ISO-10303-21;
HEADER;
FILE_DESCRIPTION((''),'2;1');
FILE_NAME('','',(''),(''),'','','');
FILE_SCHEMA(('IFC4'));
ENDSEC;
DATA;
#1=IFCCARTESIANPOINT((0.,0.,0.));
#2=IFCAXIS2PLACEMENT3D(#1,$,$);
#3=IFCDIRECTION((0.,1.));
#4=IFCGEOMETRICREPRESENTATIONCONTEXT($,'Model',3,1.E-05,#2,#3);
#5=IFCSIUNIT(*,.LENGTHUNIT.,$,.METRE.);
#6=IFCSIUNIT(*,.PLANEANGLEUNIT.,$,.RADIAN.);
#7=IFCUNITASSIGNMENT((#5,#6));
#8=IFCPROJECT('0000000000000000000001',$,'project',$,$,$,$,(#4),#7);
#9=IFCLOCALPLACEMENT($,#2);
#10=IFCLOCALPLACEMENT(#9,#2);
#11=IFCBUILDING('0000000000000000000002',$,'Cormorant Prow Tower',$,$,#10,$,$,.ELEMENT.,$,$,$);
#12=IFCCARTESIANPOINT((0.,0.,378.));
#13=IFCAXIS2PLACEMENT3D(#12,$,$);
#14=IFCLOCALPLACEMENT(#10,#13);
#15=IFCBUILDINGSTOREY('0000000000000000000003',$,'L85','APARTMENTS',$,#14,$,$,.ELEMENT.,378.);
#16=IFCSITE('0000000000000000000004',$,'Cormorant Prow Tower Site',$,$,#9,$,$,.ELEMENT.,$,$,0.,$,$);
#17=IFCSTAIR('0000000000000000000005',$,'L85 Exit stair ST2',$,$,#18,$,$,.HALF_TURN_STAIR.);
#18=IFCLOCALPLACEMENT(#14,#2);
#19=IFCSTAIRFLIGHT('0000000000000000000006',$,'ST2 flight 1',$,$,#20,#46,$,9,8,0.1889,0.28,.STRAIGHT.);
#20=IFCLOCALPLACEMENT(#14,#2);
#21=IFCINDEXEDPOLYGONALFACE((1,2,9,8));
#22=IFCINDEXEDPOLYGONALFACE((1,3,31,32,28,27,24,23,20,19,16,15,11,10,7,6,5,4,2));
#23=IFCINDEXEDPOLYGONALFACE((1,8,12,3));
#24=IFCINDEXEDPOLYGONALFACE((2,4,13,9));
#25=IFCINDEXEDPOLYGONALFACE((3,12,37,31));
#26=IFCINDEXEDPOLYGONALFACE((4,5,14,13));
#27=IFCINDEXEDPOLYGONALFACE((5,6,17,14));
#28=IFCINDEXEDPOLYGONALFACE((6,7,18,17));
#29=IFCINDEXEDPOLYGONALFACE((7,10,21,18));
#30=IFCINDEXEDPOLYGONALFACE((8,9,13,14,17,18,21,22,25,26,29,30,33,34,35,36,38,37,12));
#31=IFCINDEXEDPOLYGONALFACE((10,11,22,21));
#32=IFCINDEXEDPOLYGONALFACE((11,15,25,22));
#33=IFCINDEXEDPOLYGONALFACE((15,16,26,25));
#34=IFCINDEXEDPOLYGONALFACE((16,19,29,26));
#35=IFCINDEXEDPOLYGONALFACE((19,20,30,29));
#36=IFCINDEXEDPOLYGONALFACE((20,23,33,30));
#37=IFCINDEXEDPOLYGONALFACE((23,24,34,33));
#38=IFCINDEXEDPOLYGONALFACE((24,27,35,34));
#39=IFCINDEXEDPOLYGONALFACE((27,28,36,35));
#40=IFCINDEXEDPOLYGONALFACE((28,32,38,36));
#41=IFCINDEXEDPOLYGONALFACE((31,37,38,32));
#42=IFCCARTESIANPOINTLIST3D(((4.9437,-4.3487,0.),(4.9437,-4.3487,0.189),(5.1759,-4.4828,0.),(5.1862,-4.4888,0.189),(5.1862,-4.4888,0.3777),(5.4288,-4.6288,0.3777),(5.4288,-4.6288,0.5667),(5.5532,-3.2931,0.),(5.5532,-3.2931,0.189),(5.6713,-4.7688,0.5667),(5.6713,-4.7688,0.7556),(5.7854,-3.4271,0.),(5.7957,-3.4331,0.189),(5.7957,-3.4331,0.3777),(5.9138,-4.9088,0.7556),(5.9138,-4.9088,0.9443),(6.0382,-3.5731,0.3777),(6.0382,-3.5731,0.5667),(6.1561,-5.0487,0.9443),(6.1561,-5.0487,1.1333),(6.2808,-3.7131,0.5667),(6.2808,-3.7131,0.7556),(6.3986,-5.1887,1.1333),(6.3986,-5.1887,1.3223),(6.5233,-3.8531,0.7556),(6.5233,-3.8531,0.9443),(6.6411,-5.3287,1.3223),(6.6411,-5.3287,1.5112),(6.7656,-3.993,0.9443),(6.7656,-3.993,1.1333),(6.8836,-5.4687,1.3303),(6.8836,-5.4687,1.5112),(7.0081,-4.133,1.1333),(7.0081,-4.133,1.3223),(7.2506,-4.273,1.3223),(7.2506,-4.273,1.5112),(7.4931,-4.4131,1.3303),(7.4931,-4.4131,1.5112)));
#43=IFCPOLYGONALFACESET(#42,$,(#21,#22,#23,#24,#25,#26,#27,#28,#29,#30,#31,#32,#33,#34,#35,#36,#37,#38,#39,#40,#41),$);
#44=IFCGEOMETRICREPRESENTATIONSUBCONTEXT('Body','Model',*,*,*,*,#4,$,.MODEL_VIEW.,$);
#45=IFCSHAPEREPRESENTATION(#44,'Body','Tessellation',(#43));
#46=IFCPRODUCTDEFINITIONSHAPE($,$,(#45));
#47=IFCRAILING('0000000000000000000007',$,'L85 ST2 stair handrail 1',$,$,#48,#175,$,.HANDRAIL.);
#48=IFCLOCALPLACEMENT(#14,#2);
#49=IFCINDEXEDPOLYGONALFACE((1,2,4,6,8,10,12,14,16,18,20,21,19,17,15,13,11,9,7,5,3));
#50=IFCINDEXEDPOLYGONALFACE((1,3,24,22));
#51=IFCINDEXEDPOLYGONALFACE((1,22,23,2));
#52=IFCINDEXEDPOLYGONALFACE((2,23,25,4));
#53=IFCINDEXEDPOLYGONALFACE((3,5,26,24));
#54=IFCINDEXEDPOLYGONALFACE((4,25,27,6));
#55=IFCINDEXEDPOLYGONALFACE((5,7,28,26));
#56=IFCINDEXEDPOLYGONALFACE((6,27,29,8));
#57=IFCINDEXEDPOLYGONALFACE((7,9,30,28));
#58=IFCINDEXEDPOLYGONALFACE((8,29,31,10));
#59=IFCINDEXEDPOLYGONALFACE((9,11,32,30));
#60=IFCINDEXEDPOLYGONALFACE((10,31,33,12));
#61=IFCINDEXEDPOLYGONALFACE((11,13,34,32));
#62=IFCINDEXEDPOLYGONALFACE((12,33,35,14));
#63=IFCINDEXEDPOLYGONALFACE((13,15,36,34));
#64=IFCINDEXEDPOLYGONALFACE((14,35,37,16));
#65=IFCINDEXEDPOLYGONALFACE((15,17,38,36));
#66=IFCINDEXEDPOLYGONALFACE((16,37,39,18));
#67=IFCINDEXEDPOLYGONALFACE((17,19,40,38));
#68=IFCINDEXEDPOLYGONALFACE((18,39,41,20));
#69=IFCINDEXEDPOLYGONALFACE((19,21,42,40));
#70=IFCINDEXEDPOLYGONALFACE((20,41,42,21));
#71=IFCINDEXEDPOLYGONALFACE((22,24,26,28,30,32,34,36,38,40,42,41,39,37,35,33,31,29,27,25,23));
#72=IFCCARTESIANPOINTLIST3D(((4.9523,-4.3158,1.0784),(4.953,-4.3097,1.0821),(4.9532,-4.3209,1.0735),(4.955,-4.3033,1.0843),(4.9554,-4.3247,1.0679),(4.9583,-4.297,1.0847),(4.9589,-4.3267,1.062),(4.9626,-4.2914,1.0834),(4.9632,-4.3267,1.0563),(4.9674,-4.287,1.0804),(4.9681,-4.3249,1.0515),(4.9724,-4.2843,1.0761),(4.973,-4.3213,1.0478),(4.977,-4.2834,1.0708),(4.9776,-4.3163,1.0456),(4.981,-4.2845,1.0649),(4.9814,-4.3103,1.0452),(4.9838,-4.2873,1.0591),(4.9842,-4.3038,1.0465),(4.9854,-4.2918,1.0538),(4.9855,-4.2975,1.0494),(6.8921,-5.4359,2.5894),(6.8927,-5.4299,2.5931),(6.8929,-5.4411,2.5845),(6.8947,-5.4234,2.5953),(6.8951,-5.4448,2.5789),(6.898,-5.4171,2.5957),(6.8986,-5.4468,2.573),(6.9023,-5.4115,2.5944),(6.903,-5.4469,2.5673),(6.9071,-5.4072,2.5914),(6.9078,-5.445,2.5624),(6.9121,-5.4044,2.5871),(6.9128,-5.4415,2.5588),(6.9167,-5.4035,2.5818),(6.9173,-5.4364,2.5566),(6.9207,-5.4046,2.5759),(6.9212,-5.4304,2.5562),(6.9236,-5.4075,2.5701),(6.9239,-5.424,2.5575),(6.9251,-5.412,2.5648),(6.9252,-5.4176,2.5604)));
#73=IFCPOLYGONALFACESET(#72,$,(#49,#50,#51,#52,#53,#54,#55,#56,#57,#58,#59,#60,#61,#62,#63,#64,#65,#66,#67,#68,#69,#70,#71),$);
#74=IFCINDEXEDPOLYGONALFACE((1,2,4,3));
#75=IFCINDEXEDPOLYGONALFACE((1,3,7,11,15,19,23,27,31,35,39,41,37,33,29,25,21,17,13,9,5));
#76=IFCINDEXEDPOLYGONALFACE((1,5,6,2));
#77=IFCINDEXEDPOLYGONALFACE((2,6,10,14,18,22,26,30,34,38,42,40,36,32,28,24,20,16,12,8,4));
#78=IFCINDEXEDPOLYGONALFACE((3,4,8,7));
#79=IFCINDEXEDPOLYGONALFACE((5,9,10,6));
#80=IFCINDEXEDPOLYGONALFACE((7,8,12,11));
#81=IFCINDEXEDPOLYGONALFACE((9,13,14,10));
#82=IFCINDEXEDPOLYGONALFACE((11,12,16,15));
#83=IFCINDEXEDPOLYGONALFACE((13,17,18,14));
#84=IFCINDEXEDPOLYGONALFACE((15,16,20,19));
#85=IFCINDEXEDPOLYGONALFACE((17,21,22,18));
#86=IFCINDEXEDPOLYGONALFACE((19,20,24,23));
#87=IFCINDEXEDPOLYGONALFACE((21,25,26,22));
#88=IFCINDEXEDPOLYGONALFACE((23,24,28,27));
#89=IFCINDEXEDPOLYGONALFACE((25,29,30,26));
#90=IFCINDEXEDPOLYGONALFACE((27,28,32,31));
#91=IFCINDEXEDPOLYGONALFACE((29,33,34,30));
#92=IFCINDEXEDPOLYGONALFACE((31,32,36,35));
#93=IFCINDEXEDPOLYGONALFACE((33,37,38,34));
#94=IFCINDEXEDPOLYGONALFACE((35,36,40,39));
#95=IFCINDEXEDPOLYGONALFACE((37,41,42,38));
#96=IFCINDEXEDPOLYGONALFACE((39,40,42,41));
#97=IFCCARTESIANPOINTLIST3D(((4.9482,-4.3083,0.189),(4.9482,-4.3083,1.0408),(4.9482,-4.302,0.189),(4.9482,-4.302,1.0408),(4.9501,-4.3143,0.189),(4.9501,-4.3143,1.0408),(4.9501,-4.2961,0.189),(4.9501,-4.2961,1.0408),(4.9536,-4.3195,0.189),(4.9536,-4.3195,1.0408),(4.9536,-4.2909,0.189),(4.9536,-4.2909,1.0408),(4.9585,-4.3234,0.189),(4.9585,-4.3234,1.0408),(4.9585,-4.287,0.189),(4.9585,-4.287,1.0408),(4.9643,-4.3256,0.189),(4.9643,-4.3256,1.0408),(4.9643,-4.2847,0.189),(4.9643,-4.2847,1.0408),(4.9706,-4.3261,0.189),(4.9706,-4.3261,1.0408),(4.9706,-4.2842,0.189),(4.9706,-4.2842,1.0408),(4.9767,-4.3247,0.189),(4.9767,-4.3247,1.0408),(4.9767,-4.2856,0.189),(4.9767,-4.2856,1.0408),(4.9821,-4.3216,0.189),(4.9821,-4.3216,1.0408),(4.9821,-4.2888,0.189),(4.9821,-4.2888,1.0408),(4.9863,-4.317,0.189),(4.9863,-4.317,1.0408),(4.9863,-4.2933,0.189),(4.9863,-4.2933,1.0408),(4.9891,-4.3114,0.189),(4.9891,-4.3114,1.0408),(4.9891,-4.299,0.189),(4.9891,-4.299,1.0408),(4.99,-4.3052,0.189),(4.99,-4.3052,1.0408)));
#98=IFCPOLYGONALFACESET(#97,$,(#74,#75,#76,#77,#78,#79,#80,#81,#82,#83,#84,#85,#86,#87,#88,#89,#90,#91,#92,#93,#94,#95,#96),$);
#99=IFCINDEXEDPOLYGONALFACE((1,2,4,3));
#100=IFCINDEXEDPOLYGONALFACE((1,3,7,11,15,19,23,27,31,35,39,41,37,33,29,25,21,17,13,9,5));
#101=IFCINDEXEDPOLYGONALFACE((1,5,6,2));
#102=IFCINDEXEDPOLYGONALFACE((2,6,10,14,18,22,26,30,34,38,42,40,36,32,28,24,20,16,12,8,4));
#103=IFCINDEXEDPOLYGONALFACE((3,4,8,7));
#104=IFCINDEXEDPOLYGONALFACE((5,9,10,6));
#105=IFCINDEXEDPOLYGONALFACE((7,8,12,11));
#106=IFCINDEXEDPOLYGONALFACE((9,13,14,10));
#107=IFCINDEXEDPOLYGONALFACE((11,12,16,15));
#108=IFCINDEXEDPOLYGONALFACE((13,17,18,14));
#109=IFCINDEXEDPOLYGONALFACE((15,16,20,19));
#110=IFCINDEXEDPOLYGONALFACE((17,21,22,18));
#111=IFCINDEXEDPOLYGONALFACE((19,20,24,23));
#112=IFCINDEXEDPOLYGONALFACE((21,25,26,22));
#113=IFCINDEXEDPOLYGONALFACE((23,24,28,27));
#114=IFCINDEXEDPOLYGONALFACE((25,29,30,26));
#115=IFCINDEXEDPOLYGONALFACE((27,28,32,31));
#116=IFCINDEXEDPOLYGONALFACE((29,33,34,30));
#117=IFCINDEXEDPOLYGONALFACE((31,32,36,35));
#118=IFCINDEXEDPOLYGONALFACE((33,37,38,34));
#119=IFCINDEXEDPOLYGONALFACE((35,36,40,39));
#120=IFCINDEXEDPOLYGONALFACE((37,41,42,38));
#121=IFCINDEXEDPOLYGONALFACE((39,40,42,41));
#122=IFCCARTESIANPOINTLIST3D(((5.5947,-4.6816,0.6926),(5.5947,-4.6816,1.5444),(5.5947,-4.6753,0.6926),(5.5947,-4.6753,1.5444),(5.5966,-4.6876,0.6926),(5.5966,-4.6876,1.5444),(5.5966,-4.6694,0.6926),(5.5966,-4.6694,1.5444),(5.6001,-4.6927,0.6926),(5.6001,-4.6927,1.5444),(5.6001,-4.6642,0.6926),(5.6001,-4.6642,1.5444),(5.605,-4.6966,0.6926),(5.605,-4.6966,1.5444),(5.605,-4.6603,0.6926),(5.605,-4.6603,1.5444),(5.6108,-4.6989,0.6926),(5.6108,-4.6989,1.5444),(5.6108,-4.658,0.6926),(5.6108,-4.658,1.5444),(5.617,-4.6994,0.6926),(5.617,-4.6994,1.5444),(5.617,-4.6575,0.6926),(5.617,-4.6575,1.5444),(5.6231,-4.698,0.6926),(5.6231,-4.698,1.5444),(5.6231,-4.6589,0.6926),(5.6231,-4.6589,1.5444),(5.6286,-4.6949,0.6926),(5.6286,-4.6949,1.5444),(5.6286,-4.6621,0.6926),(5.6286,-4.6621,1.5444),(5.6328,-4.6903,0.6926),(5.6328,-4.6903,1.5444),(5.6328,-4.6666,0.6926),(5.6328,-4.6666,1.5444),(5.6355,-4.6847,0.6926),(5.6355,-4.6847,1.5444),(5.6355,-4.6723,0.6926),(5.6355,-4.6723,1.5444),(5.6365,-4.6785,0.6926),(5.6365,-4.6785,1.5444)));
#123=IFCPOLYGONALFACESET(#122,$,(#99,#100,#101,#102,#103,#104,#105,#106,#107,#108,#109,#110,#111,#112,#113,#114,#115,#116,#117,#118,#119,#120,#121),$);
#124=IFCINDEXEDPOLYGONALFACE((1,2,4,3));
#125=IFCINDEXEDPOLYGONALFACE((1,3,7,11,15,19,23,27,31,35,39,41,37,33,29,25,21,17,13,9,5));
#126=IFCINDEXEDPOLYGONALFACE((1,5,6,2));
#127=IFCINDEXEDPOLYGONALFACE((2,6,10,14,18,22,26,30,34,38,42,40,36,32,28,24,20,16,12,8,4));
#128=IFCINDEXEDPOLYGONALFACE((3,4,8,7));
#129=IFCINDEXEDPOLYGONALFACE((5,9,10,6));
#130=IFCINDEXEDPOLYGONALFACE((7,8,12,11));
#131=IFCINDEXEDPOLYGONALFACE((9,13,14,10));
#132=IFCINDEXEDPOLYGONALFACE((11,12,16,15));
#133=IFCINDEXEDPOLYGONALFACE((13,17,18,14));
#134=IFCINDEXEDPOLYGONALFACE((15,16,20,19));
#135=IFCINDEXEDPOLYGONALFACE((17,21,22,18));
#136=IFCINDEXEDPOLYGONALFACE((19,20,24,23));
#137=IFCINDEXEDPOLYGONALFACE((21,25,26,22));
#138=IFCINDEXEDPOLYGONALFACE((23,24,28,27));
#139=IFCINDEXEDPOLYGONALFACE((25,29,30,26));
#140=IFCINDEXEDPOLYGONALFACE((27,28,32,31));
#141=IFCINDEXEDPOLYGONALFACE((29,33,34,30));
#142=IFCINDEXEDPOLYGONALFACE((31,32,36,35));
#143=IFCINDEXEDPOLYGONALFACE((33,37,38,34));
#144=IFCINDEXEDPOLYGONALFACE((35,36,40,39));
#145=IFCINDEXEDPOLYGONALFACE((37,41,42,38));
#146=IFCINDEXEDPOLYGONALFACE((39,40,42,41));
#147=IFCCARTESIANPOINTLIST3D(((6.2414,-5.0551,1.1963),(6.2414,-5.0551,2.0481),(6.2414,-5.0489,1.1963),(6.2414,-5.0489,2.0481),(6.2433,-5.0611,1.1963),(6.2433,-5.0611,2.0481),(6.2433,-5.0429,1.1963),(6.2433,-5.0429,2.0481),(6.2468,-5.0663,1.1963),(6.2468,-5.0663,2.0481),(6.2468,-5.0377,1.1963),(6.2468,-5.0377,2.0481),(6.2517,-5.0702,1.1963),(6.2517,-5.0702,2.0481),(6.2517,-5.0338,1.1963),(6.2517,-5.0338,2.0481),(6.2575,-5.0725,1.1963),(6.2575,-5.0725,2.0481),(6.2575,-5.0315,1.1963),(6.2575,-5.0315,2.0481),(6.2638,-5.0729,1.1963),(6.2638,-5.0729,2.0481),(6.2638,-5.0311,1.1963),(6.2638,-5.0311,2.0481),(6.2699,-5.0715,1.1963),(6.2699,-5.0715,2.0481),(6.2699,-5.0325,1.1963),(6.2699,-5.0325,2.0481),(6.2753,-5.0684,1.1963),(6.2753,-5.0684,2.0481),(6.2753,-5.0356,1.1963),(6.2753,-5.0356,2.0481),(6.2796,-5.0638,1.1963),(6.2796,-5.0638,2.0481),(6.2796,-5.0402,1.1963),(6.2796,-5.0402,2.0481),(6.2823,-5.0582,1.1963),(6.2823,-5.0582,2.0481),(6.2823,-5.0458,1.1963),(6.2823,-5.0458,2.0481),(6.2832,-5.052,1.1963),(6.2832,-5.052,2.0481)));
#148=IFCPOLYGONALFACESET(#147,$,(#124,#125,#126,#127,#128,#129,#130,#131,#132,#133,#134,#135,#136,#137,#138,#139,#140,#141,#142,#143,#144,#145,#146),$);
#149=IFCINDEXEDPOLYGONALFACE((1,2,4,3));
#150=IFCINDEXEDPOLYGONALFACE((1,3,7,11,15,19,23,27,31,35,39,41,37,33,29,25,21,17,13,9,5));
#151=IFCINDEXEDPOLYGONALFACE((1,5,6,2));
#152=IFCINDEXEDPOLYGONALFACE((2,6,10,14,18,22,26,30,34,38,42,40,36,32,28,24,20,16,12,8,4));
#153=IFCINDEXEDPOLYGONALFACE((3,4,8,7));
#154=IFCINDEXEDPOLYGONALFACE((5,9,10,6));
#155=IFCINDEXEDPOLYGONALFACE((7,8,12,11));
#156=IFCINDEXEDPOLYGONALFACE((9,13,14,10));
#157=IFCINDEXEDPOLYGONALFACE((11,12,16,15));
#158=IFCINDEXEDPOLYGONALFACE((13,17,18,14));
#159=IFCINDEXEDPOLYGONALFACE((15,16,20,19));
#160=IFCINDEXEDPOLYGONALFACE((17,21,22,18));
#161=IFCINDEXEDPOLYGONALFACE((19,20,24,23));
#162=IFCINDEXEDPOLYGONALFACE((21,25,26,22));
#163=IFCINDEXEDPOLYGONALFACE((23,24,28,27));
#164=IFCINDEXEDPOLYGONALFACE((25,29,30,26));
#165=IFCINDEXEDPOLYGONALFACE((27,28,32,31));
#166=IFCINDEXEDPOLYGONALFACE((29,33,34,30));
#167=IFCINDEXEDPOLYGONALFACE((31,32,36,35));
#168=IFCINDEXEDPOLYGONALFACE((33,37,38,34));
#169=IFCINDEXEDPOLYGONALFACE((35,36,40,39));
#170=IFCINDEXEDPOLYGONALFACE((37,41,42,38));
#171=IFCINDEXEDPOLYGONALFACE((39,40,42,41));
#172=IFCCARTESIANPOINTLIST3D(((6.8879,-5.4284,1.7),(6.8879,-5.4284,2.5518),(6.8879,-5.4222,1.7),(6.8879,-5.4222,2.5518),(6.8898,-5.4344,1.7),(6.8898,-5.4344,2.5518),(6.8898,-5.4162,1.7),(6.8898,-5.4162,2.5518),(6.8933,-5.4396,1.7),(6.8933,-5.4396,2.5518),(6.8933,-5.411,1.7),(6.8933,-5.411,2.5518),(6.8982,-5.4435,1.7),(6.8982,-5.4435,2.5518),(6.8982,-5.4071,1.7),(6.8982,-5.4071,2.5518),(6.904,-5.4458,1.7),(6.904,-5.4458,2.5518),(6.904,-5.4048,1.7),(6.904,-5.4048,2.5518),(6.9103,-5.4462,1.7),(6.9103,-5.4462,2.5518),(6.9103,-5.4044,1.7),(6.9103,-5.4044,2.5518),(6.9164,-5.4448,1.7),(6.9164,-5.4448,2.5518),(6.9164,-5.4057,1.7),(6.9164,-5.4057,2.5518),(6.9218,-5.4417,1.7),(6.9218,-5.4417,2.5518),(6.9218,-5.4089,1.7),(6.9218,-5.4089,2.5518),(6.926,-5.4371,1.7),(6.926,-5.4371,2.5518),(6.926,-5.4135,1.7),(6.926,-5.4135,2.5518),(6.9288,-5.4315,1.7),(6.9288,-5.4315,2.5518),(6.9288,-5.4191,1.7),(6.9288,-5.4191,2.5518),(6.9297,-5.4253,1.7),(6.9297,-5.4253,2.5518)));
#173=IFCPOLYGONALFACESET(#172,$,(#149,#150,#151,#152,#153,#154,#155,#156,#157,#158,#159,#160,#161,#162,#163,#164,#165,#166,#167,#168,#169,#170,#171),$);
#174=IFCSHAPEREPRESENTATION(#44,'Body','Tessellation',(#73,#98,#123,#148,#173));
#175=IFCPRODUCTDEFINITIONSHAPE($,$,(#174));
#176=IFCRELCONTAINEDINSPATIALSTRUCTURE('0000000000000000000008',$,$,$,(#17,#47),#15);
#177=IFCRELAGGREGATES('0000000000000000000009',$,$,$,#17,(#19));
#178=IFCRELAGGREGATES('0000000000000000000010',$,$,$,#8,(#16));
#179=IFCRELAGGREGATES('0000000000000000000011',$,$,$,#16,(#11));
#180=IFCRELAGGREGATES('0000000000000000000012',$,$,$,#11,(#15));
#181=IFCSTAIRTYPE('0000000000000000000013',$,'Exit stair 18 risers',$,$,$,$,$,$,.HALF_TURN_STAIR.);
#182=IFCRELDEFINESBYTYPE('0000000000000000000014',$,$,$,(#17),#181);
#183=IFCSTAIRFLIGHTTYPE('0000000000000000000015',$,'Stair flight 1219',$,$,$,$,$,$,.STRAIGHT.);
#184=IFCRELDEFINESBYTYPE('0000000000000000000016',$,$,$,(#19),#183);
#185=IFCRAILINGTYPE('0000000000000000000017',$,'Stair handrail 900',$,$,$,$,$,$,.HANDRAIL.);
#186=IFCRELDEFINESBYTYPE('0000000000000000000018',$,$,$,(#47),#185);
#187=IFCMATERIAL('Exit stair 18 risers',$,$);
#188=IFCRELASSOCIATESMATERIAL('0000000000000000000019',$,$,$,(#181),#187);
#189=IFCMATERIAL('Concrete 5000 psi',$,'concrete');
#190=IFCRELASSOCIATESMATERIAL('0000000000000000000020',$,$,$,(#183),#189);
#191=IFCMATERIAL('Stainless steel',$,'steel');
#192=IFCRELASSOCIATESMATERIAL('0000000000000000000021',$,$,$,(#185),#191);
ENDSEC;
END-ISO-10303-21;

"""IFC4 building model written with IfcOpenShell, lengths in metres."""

from ifc_helpers import new_model, si_unit, direction, frame, origin, origin_2d, place, context, subcontext, project, spatial, polyline, circle, outline, extrude, material, type_object, element, aggregate, save


model = new_model("IFC4")

# Units and contexts
model_context = context("Model", 3, precision=1e-05, world=origin(), true_north=direction((0.0, 1.0)))
body_context = subcontext(model_context, "Body", "Model", "MODEL_VIEW")
ifc_project = project(units=[si_unit("LENGTHUNIT", "METRE"), si_unit("PLANEANGLEUNIT", "RADIAN")], contexts=[model_context])

# Site, building, storey
site_placement = place(None, origin())
site = spatial("IfcSite", under=ifc_project, at=site_placement, Name="Cormorant Prow Tower Site", CompositionType="ELEMENT", RefElevation=0.0)
building_placement = place(site_placement, origin())
building = spatial("IfcBuilding", under=site, at=building_placement, Name="Cormorant Prow Tower", CompositionType="ELEMENT")
storey_placement = place(building_placement, frame((0.0, 0.0, 378.0)))
storey = spatial("IfcBuildingStorey", under=building, at=storey_placement, Name="L85", Description="APARTMENTS", CompositionType="ELEMENT", Elevation=378.0)

# Stair, stair flight
ifc_material_1 = material(Name="Exit stair 18 risers")
stair_type = type_object("IfcStairType", Name="Exit stair 18 risers", PredefinedType="HALF_TURN_STAIR", material=ifc_material_1)
stair_placement = place(storey_placement, origin())
stair = element("IfcStair", 1, at=stair_placement, inside=storey, type_object=stair_type, Name="L85 Exit stair ST2", PredefinedType="HALF_TURN_STAIR")
ifc_material_2 = material(Name="Concrete 5000 psi", Category="concrete")
stair_flight_type = type_object("IfcStairFlightType", Name="Stair flight 1219", PredefinedType="STRAIGHT", material=ifc_material_2)
stair_flight_placement = place(storey_placement, frame((5.2485, -3.8208, 0.0), z_axis=(0.0, 0.0, 1.0), x_axis=(0.866025, -0.5, 0.0)))
stair_flight = element("IfcStairFlight", 2, at=stair_flight_placement, type_object=stair_flight_type, Name="ST2 flight 1", NumberOfRisers=9, NumberOfTreads=8, PredefinedType="STRAIGHT", RiserHeight=0.1889, TreadLength=0.28, context=body_context, shape_type="SweptSolid", body=[
    extrude(outline(polyline([(0.0, 0.0), (0.0, 0.189), (0.28, 0.189), (0.28, 0.3777), (0.5601, 0.3777), (0.5601, 0.5667), (0.8401, 0.5667), (0.8401, 0.7556), (1.1201, 0.7556), (1.1201, 0.9443), (1.3999, 0.9443), (1.3999, 1.1333), (1.6799, 1.1333), (1.6799, 1.3223), (1.96, 1.3223), (1.96, 1.5112), (2.24, 1.5112), (2.24, 1.7), (2.24, 1.3303), (0.2681, 0.0), (0.0, 0.0)])), frame((0.0, 0.6094, 0.0), z_axis=(0.0, -1.0, 0.0), x_axis=(1.0, 0.0, 0.0)), (0.0, 0.0, 1.0), 1.219),
])
aggregate(stair, [stair_flight])

# Railing
ifc_material_3 = material(Name="Stainless steel", Category="steel")
railing_type_1 = type_object("IfcRailingType", Name="Stair handrail 900", PredefinedType="HANDRAIL", material=ifc_material_3)
railing_1_placement = place(storey_placement, frame((4.969, -4.3052, 0.189)))
element("IfcRailing", 3, at=railing_1_placement, inside=storey, type_object=railing_type_1, Name="L85 ST2 stair handrail 1", PredefinedType="HANDRAIL", context=body_context, shape_type="SweptSolid", body=[
    extrude(circle(Radius=0.0239, at=origin_2d()), frame((0.0, 0.0, 0.876), z_axis=(0.717906, -0.414569, 0.559235), x_axis=(0.500078, 0.86598, 0.0)), (0.0, 0.0, 1.0), 2.7019),
    extrude(circle(Radius=0.021, at=origin_2d()), origin(), (0.0, 0.0, 1.0), 0.8518),
    extrude(circle(Radius=0.021, at=origin_2d()), frame((0.6465, -0.3733, 0.5037)), (0.0, 0.0, 1.0), 0.8518),
    extrude(circle(Radius=0.021, at=origin_2d()), frame((1.2932, -0.7468, 1.0073)), (0.0, 0.0, 1.0), 0.8518),
    extrude(circle(Radius=0.021, at=origin_2d()), frame((1.9397, -1.1201, 1.511)), (0.0, 0.0, 1.0), 0.8518),
])

save(model, "model.ifc")
